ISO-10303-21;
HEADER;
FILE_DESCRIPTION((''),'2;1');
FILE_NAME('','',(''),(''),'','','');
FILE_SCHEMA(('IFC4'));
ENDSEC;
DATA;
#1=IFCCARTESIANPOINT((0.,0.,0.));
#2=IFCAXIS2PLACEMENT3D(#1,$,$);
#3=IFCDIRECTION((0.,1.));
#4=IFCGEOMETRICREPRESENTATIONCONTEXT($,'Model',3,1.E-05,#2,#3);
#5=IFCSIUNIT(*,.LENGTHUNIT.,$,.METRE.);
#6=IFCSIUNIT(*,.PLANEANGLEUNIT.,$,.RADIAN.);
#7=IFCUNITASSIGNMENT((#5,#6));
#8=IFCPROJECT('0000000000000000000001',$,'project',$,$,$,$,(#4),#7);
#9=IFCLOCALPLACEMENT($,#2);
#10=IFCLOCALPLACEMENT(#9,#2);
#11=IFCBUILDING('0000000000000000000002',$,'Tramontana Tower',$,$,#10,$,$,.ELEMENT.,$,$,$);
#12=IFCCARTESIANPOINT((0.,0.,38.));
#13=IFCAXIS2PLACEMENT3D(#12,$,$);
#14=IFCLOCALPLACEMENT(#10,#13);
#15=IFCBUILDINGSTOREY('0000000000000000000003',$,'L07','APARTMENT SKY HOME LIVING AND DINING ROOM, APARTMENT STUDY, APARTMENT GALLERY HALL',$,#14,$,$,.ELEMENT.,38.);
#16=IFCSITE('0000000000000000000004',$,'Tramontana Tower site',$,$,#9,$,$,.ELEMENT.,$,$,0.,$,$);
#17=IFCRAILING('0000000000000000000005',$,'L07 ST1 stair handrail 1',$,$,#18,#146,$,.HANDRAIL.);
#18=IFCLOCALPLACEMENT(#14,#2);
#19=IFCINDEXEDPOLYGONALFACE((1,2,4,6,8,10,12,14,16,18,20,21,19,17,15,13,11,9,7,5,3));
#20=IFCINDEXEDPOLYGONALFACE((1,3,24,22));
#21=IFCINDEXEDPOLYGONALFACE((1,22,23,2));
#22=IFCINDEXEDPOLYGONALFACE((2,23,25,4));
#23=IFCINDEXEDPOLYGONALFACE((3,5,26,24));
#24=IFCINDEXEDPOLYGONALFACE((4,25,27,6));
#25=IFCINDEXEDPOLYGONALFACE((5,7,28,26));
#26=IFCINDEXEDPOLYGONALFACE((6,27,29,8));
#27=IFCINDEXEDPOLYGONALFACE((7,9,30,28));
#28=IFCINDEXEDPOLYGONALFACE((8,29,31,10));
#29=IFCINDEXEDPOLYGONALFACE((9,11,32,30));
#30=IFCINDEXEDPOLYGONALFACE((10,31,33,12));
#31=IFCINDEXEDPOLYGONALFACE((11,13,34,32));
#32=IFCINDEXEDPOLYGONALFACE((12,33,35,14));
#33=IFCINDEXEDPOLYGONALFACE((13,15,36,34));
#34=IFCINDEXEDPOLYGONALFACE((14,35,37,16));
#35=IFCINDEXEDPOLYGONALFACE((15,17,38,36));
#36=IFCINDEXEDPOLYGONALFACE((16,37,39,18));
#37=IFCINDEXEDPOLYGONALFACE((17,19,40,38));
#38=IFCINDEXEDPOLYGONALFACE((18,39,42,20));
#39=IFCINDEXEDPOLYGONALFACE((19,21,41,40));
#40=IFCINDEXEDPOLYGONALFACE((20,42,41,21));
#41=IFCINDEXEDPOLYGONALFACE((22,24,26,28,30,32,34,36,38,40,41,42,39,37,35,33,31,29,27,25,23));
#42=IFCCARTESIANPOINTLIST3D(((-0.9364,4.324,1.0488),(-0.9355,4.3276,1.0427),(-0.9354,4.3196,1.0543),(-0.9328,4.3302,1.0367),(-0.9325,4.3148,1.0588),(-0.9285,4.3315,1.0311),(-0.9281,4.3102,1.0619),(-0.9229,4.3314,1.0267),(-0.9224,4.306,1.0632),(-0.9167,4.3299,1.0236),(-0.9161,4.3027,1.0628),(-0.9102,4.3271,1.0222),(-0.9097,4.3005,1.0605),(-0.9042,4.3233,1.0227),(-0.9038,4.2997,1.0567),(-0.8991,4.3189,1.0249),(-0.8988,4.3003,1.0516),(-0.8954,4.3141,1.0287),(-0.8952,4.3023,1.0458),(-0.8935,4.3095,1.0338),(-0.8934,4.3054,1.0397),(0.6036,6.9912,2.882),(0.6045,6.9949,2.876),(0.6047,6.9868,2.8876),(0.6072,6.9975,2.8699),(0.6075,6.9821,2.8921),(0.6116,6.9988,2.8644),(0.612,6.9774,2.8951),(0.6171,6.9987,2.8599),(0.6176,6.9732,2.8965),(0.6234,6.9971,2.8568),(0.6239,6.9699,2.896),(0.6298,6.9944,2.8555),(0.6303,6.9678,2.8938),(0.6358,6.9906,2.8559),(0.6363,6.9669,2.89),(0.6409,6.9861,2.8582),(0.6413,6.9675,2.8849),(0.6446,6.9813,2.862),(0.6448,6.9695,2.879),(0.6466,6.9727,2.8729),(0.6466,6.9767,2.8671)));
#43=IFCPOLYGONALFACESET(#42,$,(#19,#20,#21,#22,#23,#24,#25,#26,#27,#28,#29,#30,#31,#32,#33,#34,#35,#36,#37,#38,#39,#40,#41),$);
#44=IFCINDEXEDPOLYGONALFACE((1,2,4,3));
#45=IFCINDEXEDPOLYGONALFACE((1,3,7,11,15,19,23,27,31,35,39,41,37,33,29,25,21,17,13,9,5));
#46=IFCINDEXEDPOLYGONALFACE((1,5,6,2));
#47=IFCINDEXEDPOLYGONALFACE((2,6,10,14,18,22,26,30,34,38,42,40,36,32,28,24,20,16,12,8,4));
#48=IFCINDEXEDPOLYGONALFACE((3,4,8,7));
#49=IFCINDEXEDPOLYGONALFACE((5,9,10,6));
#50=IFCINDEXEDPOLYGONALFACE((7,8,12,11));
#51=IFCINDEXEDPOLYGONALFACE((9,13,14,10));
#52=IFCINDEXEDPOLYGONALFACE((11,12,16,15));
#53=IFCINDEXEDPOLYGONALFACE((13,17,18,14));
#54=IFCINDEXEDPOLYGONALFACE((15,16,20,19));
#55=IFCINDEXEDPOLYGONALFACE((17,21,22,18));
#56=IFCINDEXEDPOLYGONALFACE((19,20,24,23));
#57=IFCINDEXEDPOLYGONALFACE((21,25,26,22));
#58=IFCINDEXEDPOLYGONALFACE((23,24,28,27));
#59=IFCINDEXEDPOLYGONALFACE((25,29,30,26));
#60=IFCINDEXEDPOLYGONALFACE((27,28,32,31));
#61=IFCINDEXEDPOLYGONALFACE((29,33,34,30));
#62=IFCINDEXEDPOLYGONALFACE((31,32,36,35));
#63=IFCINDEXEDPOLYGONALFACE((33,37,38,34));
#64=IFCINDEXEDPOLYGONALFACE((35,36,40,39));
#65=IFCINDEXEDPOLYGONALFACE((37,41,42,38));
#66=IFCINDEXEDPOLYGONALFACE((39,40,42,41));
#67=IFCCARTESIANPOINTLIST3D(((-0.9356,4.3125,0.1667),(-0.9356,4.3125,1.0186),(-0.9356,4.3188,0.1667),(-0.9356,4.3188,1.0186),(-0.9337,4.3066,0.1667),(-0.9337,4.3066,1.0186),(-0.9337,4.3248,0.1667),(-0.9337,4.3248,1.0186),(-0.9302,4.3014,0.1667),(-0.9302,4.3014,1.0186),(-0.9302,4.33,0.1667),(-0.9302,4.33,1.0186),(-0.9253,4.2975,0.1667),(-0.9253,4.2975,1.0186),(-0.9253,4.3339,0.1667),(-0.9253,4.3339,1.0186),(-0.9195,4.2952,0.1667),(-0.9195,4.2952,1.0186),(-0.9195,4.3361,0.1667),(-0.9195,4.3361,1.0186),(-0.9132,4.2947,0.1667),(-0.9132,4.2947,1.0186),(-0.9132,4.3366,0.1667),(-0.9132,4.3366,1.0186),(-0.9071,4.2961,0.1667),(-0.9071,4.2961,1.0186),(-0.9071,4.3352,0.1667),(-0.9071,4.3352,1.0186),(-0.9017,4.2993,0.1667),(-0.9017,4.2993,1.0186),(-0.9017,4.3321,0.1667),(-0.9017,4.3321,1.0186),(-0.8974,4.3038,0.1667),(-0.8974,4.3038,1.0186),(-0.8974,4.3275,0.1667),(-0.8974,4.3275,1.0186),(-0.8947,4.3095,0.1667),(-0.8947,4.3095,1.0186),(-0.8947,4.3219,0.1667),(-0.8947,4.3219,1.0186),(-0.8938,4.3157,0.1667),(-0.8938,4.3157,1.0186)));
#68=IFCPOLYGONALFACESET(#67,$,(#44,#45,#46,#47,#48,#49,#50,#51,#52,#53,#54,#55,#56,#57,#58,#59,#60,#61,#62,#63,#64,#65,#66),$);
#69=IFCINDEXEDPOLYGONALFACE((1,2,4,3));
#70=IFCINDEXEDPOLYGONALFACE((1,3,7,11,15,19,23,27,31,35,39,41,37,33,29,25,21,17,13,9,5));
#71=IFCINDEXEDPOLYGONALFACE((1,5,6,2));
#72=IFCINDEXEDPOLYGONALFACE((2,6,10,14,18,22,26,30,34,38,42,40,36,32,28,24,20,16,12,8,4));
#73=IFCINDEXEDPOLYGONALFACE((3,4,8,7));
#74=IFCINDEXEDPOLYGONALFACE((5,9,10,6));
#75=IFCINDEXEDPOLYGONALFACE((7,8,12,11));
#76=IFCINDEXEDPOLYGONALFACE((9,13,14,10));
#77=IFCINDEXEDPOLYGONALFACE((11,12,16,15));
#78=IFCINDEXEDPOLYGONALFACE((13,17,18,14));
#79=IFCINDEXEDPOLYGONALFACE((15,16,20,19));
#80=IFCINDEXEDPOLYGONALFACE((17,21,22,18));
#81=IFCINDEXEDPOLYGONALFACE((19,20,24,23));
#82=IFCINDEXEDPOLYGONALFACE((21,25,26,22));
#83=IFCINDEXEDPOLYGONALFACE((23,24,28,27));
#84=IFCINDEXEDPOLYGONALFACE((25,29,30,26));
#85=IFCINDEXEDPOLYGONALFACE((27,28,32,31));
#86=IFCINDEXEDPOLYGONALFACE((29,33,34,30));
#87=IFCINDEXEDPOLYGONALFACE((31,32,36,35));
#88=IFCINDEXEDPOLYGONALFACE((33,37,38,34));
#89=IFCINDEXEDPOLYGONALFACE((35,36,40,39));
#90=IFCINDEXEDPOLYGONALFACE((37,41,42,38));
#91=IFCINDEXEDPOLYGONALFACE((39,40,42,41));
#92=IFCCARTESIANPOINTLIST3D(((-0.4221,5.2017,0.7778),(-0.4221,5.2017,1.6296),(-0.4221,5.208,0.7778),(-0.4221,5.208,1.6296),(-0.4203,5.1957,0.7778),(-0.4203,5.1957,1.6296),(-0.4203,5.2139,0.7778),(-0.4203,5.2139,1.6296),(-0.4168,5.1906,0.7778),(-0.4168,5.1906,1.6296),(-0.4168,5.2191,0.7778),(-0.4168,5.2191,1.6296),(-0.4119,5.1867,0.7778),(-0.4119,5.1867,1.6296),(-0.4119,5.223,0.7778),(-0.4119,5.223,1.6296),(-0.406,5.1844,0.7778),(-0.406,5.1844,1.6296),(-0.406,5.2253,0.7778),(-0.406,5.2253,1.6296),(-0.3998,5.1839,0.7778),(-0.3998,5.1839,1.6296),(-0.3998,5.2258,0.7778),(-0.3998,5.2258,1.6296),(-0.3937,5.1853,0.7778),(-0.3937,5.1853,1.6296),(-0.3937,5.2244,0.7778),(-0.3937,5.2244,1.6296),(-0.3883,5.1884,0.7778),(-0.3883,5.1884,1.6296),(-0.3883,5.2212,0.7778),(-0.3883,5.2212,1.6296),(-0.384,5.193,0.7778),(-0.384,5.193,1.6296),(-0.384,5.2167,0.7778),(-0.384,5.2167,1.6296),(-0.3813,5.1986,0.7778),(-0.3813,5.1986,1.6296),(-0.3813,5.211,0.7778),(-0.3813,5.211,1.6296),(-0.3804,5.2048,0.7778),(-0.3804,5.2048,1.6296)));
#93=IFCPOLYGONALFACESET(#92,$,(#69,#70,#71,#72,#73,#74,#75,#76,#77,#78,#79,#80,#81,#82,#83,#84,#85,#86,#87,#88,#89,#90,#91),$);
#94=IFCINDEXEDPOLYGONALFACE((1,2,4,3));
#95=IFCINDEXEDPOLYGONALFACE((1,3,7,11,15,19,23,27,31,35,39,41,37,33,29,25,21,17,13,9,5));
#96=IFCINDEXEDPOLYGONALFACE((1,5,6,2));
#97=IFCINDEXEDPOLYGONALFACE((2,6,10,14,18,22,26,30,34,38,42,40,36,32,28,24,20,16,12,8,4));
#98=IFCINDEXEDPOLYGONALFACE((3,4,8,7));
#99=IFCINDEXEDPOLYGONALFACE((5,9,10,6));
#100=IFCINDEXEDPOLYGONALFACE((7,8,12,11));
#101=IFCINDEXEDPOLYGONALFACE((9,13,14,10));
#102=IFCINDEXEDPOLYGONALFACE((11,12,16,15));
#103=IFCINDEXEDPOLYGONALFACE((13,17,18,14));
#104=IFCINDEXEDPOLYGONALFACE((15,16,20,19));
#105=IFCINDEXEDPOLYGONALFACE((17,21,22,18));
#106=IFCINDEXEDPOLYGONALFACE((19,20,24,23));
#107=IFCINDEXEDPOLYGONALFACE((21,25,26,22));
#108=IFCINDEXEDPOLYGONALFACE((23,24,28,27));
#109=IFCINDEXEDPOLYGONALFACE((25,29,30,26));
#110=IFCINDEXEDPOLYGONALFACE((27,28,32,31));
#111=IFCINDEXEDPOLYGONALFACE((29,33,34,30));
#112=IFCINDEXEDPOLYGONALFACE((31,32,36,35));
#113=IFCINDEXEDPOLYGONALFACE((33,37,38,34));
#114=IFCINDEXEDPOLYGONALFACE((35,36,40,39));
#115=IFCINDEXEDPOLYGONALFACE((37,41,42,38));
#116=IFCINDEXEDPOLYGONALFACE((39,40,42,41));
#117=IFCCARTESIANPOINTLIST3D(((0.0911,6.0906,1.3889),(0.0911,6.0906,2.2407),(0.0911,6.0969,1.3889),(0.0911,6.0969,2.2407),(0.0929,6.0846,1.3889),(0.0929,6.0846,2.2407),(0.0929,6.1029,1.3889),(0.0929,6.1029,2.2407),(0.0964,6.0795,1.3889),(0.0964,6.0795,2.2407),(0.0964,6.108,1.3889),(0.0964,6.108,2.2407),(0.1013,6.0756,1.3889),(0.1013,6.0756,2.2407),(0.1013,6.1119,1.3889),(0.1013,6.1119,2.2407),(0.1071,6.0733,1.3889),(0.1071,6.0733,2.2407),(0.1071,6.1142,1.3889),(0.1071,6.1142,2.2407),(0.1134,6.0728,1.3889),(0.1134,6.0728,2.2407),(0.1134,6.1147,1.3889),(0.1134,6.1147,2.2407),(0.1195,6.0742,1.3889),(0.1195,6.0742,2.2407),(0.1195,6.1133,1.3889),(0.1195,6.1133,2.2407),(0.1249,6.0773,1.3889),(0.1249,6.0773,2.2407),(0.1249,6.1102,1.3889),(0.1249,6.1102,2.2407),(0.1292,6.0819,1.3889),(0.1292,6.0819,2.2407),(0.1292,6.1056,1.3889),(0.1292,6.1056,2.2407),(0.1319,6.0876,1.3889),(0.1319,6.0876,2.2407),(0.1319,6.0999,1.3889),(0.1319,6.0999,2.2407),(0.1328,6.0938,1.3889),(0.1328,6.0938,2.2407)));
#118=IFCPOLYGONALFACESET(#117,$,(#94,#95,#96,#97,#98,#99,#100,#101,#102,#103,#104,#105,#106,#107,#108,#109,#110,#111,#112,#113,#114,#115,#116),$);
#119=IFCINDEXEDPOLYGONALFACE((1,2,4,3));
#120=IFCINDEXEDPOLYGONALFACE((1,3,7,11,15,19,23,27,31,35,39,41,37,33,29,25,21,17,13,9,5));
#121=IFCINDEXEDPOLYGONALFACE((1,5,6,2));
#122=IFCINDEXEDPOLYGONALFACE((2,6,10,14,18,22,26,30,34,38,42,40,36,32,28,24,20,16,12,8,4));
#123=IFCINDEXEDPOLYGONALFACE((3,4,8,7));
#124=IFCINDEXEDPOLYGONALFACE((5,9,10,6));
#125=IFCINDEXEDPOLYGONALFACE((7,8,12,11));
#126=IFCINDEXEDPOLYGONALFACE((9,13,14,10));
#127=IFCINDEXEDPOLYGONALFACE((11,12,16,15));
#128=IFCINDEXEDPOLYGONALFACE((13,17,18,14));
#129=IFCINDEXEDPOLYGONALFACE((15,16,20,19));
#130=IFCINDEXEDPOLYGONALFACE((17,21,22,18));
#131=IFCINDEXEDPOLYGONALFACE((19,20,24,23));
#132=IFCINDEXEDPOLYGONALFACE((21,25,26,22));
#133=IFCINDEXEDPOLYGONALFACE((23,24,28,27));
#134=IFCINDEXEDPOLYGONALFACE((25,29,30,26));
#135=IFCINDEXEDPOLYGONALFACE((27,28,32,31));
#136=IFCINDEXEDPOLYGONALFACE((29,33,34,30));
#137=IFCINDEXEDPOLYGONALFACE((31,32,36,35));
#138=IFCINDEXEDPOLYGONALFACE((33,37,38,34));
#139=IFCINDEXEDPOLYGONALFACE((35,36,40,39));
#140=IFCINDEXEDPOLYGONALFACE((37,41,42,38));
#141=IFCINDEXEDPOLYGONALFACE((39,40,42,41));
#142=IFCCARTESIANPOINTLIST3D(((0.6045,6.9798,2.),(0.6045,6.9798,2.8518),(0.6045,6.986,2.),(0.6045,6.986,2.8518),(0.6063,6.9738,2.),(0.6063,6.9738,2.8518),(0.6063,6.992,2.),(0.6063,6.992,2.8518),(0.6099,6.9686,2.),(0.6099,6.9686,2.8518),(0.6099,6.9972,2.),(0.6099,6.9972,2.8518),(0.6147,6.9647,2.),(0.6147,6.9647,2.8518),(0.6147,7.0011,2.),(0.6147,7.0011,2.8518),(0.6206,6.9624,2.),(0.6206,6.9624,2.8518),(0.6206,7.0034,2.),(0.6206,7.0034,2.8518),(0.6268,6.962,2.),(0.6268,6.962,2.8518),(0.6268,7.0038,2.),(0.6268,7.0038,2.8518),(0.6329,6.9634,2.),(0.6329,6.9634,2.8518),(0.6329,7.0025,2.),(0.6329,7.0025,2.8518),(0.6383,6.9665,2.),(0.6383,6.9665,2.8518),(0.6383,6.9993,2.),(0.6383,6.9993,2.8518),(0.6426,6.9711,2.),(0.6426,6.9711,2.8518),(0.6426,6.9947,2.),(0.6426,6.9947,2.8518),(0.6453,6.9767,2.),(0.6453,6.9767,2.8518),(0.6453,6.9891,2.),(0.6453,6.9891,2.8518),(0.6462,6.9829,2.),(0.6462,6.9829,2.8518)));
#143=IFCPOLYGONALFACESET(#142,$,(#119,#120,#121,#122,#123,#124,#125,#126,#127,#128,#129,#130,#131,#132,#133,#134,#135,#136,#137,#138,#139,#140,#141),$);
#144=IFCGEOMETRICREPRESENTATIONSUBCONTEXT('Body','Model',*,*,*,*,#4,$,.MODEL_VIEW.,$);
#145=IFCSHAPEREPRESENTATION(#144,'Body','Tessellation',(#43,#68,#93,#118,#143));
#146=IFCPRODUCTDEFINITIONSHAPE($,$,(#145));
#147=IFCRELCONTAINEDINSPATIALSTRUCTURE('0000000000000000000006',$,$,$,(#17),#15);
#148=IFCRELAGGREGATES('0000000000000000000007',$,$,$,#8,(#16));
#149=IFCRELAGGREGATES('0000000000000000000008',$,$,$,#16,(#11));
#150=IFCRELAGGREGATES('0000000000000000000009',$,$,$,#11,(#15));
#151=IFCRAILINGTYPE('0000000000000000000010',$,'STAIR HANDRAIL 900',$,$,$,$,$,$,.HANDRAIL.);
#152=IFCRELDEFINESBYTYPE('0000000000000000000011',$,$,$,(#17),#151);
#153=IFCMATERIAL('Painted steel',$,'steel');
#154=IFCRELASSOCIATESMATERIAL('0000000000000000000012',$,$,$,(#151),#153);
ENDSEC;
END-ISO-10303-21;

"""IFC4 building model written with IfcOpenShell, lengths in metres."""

from ifc_helpers import new_model, si_unit, direction, frame, origin, origin_2d, place, context, subcontext, project, spatial, circle, extrude, material, type_object, element, save


model = new_model("IFC4")

# Units and contexts
model_context = context("Model", 3, precision=1e-05, world=origin(), true_north=direction((0.0, 1.0)))
body_context = subcontext(model_context, "Body", "Model", "MODEL_VIEW")
ifc_project = project(units=[si_unit("LENGTHUNIT", "METRE"), si_unit("PLANEANGLEUNIT", "RADIAN")], contexts=[model_context])

# Site, building, storey
site_placement = place(None, origin())
site = spatial("IfcSite", under=ifc_project, at=site_placement, Name="Tramontana Tower site", CompositionType="ELEMENT", RefElevation=0.0)
building_placement = place(site_placement, origin())
building = spatial("IfcBuilding", under=site, at=building_placement, Name="Tramontana Tower", CompositionType="ELEMENT")
storey_placement = place(building_placement, frame((0.0, 0.0, 38.0)))
storey = spatial("IfcBuildingStorey", under=building, at=storey_placement, Name="L07", Description="APARTMENT SKY HOME LIVING AND DINING ROOM, APARTMENT STUDY, APARTMENT GALLERY HALL", CompositionType="ELEMENT", Elevation=38.0)

# Railing
ifc_material_1 = material(Name="Painted steel", Category="steel")
railing_type_1 = type_object("IfcRailingType", Name="STAIR HANDRAIL 900", PredefinedType="HANDRAIL", material=ifc_material_1)
railing_1_placement = place(storey_placement, frame((-0.9148, 4.3157, 0.1667)))
element("IfcRailing", 1, at=railing_1_placement, inside=storey, type_object=railing_type_1, Name="L07 ST1 stair handrail 1", PredefinedType="HANDRAIL", context=body_context, shape_type="SweptSolid", body=[
    extrude(circle(Radius=0.0239, at=origin_2d()), frame((0.0, 0.0, 0.876), z_axis=(0.429671, 0.744159, 0.511478), x_axis=(-0.86601, 0.500027, 0.0)), (0.0, 0.0, 1.0), 3.5842),
    extrude(circle(Radius=0.021, at=origin_2d()), origin(), (0.0, 0.0, 1.0), 0.8518),
    extrude(circle(Radius=0.021, at=origin_2d()), frame((0.5134, 0.8892, 0.6111)), (0.0, 0.0, 1.0), 0.8518),
    extrude(circle(Radius=0.021, at=origin_2d()), frame((1.0266, 1.7781, 1.2222)), (0.0, 0.0, 1.0), 0.8518),
    extrude(circle(Radius=0.021, at=origin_2d()), frame((1.54, 2.6672, 1.8333)), (0.0, 0.0, 1.0), 0.8518),
])

save(model, "model.ifc")
